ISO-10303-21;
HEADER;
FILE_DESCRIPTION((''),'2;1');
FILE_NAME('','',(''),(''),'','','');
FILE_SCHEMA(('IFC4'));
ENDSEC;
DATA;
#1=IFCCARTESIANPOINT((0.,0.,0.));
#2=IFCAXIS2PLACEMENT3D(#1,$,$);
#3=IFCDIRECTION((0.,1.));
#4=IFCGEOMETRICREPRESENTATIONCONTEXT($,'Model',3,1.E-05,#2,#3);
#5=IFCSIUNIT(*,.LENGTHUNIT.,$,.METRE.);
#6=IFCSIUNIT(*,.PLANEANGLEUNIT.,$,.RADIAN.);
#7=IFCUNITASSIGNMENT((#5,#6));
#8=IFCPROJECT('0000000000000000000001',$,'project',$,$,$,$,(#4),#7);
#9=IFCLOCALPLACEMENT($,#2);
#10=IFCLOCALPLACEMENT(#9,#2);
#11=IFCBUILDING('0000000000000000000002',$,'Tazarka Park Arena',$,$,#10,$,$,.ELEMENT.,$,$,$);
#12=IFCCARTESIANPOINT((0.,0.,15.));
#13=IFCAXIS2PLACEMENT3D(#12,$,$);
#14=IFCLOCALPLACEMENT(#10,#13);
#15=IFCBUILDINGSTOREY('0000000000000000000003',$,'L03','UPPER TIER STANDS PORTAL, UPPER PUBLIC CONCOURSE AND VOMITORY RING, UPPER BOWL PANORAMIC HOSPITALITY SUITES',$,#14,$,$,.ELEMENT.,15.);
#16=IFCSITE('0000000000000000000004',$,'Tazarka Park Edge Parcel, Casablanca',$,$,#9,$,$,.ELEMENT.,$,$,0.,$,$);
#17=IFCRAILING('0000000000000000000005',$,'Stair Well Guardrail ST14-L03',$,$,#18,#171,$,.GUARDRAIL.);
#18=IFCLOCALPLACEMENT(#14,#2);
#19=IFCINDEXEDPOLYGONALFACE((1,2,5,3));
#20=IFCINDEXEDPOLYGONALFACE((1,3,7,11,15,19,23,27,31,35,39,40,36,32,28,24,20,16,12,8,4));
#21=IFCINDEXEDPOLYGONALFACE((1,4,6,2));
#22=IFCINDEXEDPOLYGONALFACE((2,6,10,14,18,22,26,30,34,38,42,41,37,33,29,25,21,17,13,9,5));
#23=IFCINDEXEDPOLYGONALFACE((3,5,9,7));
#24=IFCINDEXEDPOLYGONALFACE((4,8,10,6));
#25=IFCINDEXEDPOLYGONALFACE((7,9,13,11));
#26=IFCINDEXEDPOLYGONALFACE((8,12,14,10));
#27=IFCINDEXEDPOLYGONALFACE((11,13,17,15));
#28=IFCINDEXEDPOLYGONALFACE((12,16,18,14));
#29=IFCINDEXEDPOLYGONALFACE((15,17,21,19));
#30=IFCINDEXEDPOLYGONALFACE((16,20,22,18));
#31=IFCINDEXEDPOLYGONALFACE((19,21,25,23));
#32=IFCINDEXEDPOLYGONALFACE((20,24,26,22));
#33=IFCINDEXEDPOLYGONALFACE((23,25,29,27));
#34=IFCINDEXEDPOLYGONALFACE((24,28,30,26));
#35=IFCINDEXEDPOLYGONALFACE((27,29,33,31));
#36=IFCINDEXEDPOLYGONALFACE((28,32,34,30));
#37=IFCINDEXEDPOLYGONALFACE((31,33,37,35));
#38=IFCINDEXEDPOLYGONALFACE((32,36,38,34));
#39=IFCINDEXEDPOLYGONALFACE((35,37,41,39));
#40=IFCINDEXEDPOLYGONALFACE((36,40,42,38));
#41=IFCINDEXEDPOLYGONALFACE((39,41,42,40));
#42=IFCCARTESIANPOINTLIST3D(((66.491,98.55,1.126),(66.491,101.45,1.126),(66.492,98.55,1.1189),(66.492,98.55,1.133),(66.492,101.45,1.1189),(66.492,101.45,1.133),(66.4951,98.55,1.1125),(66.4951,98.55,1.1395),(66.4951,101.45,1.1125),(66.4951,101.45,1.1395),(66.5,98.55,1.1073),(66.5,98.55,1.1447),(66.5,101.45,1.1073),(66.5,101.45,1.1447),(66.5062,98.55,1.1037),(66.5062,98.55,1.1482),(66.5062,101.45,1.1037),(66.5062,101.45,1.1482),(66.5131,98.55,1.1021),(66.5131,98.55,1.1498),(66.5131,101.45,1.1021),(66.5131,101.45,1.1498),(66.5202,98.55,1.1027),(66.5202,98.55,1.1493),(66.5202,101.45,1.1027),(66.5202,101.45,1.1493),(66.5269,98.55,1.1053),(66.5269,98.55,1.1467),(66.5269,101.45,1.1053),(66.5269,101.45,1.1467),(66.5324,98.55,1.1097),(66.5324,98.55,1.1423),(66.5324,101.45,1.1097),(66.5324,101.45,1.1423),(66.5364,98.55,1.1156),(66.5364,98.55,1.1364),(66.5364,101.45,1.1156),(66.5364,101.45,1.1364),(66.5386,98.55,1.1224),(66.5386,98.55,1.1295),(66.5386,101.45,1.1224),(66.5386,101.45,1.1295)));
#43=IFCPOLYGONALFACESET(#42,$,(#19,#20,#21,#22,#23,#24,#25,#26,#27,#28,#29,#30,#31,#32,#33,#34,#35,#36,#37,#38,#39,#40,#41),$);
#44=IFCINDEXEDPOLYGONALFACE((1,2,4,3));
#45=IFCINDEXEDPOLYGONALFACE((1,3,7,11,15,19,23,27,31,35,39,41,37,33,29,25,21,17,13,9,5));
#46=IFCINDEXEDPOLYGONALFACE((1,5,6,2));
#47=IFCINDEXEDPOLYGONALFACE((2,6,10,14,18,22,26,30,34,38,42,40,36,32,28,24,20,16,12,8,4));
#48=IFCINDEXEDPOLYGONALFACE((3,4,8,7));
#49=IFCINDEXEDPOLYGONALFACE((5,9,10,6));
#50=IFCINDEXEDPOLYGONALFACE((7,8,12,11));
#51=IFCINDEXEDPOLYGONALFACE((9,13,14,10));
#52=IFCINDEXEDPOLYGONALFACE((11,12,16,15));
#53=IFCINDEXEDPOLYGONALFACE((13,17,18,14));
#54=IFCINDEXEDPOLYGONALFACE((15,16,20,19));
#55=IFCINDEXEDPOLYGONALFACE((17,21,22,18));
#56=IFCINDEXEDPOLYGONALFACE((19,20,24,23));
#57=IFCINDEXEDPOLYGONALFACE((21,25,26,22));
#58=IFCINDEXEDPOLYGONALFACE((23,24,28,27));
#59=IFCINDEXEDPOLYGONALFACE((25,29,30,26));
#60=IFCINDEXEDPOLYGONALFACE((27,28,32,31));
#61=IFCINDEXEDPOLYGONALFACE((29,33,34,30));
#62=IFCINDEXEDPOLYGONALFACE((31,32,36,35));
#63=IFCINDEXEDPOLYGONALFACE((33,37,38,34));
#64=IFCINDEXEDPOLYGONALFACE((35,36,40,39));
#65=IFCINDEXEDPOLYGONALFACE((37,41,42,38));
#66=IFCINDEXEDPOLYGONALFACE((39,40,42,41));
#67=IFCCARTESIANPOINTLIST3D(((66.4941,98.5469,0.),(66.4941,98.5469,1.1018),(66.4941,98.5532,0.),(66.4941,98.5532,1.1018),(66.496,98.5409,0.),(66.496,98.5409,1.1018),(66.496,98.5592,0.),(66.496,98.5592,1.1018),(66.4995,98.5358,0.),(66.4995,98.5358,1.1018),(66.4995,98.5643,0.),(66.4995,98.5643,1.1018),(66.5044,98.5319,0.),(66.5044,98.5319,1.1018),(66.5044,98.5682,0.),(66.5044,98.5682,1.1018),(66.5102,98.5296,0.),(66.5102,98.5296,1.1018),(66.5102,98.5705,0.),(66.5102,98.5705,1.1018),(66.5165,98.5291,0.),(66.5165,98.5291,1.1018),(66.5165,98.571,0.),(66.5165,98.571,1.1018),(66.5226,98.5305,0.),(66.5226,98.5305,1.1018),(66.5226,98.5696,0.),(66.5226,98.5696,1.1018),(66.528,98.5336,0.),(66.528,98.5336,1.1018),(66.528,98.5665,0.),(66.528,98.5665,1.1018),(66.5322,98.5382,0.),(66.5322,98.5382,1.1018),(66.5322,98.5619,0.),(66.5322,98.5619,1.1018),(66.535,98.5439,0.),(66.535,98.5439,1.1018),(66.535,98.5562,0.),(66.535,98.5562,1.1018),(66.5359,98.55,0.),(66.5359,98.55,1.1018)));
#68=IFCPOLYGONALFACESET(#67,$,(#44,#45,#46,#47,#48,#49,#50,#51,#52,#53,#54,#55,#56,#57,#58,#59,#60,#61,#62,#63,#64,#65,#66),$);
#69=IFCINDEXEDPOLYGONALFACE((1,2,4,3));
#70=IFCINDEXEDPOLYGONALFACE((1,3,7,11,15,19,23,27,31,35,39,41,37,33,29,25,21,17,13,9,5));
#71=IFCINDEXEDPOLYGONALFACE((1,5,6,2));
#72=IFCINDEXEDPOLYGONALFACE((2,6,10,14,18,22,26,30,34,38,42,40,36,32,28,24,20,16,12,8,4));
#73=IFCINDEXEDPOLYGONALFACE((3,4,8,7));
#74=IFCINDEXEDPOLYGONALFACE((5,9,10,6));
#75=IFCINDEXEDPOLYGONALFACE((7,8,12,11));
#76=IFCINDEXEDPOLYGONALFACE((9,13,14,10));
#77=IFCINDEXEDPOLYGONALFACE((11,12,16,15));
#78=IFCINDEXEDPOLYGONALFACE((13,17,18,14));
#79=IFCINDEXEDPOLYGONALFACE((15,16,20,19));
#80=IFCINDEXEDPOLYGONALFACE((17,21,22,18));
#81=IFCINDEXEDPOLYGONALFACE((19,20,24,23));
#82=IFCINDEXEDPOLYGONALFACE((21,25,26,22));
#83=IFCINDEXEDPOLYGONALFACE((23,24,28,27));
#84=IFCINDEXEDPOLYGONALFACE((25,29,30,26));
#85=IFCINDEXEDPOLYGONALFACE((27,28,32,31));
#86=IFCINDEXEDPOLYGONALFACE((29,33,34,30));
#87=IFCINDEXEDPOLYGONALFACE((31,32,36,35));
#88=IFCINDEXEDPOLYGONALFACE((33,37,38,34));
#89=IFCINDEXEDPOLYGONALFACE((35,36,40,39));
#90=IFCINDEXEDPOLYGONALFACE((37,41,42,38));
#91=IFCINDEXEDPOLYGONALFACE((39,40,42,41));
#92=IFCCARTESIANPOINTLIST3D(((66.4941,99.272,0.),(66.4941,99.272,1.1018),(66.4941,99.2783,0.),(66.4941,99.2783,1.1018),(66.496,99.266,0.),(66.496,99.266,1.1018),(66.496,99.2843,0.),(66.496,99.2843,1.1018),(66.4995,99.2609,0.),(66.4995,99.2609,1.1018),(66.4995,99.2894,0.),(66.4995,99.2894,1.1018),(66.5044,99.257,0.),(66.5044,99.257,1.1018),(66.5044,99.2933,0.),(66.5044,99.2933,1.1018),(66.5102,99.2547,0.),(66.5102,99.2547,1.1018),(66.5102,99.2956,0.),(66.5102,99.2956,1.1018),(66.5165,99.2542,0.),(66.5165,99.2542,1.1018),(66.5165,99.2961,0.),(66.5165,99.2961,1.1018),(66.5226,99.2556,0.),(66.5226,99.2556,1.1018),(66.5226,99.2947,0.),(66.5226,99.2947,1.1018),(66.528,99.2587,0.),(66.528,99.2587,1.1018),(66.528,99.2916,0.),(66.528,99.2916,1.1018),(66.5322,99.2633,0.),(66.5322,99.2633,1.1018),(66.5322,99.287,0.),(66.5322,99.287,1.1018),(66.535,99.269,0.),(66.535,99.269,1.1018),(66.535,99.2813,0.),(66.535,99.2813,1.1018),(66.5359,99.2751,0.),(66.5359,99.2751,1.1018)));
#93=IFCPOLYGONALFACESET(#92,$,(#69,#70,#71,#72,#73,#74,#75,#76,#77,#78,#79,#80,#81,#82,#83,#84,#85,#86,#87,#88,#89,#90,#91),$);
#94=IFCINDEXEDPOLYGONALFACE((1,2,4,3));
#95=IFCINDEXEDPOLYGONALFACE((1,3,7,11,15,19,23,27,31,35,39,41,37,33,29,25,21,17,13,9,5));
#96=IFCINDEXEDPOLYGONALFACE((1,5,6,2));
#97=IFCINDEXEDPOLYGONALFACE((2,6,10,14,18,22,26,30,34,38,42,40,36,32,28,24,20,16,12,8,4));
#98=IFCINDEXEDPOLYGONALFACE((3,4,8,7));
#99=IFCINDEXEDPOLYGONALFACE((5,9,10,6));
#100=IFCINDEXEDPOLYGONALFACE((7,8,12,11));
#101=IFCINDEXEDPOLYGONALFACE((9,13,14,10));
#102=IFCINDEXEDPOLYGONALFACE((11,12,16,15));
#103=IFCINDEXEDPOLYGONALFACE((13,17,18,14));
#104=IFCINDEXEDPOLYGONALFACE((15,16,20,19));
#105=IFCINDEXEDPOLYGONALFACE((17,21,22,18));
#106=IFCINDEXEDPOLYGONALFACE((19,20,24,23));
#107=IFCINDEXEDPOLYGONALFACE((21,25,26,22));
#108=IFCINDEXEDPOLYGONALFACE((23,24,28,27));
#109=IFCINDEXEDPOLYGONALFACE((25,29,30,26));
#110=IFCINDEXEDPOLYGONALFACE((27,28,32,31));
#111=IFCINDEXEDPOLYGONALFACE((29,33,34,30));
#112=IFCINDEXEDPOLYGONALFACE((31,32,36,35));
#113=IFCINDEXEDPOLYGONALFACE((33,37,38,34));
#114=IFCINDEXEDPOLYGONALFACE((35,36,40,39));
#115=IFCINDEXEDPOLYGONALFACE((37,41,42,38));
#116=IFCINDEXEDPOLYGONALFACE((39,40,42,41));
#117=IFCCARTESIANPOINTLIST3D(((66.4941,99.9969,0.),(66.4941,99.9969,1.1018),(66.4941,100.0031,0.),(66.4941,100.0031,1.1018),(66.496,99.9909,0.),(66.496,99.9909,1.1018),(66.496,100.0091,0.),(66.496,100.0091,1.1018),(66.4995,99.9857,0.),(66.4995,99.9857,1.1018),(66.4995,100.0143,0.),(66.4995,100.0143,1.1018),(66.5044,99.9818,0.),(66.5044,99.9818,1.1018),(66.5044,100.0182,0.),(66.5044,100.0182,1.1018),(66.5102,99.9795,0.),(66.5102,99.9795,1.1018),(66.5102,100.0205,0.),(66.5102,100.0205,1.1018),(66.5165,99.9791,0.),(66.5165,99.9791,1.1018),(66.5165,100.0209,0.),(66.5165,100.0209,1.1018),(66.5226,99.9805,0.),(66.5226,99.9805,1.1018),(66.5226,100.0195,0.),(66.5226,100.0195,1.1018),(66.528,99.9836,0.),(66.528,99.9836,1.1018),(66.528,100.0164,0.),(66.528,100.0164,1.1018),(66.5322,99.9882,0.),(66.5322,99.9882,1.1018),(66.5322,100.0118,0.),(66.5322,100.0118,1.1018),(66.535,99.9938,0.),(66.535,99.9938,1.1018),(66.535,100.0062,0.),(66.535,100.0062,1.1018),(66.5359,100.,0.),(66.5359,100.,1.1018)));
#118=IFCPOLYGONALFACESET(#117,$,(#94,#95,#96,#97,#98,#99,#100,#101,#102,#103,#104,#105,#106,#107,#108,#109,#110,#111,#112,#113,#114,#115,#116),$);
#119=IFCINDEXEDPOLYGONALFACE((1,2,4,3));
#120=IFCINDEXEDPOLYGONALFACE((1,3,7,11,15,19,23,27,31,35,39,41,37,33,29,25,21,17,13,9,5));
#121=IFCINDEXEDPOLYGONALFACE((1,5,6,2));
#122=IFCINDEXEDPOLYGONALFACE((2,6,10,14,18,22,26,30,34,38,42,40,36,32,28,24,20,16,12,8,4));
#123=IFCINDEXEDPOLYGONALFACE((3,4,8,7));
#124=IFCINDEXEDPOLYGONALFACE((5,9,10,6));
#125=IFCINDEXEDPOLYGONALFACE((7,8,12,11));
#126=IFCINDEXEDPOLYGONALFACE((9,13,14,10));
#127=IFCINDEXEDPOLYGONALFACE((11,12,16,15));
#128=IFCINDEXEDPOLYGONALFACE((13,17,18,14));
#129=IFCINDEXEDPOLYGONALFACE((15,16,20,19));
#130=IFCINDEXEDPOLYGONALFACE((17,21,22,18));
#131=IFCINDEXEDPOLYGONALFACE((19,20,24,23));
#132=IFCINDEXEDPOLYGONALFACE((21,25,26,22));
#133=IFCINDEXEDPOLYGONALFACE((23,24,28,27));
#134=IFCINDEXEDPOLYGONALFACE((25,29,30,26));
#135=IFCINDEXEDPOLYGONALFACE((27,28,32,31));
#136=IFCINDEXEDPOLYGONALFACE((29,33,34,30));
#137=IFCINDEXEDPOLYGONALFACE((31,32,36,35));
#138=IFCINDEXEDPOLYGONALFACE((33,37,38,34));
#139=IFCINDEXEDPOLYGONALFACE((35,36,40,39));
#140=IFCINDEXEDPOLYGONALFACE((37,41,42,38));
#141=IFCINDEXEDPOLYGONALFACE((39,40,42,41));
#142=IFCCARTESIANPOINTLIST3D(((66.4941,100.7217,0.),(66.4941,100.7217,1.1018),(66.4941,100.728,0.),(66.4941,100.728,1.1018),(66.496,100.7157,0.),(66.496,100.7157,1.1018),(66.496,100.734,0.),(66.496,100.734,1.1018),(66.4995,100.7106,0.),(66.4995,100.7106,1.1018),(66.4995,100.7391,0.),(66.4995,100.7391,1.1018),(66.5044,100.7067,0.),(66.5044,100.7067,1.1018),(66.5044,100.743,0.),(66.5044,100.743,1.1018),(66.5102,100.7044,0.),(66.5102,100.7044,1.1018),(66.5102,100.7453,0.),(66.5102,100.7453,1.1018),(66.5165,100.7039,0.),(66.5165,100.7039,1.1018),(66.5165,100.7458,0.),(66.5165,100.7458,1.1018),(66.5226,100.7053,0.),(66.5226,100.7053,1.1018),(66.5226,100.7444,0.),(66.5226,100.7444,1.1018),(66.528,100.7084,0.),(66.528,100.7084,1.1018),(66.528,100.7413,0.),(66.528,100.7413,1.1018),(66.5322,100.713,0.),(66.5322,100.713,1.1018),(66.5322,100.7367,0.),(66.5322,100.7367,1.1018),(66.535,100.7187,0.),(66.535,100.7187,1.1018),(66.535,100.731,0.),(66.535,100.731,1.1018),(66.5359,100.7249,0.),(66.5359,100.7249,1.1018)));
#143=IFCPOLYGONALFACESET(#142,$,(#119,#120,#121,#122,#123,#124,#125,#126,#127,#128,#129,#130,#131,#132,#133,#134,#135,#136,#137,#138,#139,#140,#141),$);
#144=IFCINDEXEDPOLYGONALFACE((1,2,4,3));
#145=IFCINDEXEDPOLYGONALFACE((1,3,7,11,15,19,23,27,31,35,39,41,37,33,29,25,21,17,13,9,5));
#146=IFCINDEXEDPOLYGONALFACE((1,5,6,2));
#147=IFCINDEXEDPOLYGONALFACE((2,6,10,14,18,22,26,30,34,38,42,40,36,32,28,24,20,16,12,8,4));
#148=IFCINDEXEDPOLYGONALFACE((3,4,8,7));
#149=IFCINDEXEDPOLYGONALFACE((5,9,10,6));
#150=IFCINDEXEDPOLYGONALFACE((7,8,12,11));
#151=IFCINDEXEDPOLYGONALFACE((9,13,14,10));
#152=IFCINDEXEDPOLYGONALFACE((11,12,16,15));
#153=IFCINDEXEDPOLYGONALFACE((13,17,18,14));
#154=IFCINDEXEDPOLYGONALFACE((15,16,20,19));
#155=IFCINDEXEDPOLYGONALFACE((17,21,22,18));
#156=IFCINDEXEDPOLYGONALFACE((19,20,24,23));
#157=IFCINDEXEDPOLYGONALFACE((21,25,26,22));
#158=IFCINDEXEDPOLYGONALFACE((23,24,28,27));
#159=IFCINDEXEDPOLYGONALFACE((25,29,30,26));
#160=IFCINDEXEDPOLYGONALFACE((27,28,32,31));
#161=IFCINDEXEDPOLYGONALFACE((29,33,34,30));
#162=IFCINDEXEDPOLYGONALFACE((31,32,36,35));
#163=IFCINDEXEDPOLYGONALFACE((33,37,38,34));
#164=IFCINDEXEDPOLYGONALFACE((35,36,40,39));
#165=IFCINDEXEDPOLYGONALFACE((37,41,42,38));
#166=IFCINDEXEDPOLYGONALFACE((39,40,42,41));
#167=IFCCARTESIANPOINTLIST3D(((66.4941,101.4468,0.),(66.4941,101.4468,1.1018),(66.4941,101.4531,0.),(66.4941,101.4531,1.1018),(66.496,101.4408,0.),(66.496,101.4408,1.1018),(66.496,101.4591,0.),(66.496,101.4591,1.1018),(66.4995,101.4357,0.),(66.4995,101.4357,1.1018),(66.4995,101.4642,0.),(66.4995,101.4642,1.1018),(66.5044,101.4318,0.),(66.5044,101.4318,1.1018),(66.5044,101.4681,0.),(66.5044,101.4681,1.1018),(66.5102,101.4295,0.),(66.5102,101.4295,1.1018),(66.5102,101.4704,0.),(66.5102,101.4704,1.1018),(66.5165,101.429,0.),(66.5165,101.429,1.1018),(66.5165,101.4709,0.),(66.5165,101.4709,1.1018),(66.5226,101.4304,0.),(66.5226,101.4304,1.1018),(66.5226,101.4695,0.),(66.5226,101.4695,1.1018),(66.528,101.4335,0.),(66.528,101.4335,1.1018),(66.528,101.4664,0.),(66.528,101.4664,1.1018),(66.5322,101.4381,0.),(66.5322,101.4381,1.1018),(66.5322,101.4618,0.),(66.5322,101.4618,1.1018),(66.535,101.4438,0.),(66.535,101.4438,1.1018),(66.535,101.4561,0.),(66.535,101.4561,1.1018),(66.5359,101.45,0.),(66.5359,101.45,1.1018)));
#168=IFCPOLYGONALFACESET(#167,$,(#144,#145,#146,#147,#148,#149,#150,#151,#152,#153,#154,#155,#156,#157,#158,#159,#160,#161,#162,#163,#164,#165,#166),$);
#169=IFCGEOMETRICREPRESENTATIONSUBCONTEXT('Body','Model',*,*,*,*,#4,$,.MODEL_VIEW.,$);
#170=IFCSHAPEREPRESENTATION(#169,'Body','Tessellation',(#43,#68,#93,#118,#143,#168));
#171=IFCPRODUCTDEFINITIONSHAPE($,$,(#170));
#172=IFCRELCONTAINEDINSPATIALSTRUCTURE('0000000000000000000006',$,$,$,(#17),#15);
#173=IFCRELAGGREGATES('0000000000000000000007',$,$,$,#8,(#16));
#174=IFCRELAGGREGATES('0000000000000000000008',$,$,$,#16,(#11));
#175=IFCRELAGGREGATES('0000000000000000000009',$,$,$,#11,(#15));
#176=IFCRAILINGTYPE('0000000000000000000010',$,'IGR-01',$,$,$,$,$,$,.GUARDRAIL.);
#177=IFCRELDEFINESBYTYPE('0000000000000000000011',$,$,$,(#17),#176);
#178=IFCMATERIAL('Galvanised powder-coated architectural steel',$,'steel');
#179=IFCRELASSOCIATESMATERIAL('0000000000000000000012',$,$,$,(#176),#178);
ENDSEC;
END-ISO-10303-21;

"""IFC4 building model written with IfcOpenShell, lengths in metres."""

from ifc_helpers import new_model, si_unit, direction, frame, origin, origin_2d, place, context, subcontext, project, spatial, circle, extrude, material, type_object, element, save


model = new_model("IFC4")

# Units and contexts
model_context = context("Model", 3, precision=1e-05, world=origin(), true_north=direction((0.0, 1.0)))
body_context = subcontext(model_context, "Body", "Model", "MODEL_VIEW")
ifc_project = project(units=[si_unit("LENGTHUNIT", "METRE"), si_unit("PLANEANGLEUNIT", "RADIAN")], contexts=[model_context])

# Site, building, storey
site_placement = place(None, origin())
site = spatial("IfcSite", under=ifc_project, at=site_placement, Name="Tazarka Park Edge Parcel, Casablanca", CompositionType="ELEMENT", RefElevation=0.0)
building_placement = place(site_placement, origin())
building = spatial("IfcBuilding", under=site, at=building_placement, Name="Tazarka Park Arena", CompositionType="ELEMENT")
storey_placement = place(building_placement, frame((0.0, 0.0, 15.0)))
storey = spatial("IfcBuildingStorey", under=building, at=storey_placement, Name="L03", Description="UPPER TIER STANDS PORTAL, UPPER PUBLIC CONCOURSE AND VOMITORY RING, UPPER BOWL PANORAMIC HOSPITALITY SUITES", CompositionType="ELEMENT", Elevation=15.0)

# Railing
ifc_material_1 = material(Name="Galvanised powder-coated architectural steel", Category="steel")
railing_type_1 = type_object("IfcRailingType", Name="IGR-01", PredefinedType="GUARDRAIL", material=ifc_material_1)
for number, where, name in (
    (1, (66.5149, 98.55, 0.0), "Stair Well Guardrail ST14-L03"),
):
    element("IfcRailing", number, at=place(storey_placement, frame(where)), inside=storey, type_object=railing_type_1, Name=name, PredefinedType="GUARDRAIL", context=body_context, shape_type="SweptSolid", body=[
        extrude(circle(Radius=0.0239, at=origin_2d()), frame((0.0, 0.0, 1.126), z_axis=(0.0, 1.0, 0.0), x_axis=(-1.0, 0.0, 0.0)), (0.0, 0.0, 1.0), 2.8999),
        extrude(circle(Radius=0.021, at=origin_2d()), origin(), (0.0, 0.0, 1.0), 1.1018),
        extrude(circle(Radius=0.021, at=origin_2d()), frame((0.0, 0.7251, 0.0)), (0.0, 0.0, 1.0), 1.1018),
        extrude(circle(Radius=0.021, at=origin_2d()), frame((0.0, 1.45, 0.0)), (0.0, 0.0, 1.0), 1.1018),
        extrude(circle(Radius=0.021, at=origin_2d()), frame((0.0, 2.1748, 0.0)), (0.0, 0.0, 1.0), 1.1018),
        extrude(circle(Radius=0.021, at=origin_2d()), frame((0.0, 2.8999, 0.0)), (0.0, 0.0, 1.0), 1.1018),
    ])

save(model, "model.ifc")
